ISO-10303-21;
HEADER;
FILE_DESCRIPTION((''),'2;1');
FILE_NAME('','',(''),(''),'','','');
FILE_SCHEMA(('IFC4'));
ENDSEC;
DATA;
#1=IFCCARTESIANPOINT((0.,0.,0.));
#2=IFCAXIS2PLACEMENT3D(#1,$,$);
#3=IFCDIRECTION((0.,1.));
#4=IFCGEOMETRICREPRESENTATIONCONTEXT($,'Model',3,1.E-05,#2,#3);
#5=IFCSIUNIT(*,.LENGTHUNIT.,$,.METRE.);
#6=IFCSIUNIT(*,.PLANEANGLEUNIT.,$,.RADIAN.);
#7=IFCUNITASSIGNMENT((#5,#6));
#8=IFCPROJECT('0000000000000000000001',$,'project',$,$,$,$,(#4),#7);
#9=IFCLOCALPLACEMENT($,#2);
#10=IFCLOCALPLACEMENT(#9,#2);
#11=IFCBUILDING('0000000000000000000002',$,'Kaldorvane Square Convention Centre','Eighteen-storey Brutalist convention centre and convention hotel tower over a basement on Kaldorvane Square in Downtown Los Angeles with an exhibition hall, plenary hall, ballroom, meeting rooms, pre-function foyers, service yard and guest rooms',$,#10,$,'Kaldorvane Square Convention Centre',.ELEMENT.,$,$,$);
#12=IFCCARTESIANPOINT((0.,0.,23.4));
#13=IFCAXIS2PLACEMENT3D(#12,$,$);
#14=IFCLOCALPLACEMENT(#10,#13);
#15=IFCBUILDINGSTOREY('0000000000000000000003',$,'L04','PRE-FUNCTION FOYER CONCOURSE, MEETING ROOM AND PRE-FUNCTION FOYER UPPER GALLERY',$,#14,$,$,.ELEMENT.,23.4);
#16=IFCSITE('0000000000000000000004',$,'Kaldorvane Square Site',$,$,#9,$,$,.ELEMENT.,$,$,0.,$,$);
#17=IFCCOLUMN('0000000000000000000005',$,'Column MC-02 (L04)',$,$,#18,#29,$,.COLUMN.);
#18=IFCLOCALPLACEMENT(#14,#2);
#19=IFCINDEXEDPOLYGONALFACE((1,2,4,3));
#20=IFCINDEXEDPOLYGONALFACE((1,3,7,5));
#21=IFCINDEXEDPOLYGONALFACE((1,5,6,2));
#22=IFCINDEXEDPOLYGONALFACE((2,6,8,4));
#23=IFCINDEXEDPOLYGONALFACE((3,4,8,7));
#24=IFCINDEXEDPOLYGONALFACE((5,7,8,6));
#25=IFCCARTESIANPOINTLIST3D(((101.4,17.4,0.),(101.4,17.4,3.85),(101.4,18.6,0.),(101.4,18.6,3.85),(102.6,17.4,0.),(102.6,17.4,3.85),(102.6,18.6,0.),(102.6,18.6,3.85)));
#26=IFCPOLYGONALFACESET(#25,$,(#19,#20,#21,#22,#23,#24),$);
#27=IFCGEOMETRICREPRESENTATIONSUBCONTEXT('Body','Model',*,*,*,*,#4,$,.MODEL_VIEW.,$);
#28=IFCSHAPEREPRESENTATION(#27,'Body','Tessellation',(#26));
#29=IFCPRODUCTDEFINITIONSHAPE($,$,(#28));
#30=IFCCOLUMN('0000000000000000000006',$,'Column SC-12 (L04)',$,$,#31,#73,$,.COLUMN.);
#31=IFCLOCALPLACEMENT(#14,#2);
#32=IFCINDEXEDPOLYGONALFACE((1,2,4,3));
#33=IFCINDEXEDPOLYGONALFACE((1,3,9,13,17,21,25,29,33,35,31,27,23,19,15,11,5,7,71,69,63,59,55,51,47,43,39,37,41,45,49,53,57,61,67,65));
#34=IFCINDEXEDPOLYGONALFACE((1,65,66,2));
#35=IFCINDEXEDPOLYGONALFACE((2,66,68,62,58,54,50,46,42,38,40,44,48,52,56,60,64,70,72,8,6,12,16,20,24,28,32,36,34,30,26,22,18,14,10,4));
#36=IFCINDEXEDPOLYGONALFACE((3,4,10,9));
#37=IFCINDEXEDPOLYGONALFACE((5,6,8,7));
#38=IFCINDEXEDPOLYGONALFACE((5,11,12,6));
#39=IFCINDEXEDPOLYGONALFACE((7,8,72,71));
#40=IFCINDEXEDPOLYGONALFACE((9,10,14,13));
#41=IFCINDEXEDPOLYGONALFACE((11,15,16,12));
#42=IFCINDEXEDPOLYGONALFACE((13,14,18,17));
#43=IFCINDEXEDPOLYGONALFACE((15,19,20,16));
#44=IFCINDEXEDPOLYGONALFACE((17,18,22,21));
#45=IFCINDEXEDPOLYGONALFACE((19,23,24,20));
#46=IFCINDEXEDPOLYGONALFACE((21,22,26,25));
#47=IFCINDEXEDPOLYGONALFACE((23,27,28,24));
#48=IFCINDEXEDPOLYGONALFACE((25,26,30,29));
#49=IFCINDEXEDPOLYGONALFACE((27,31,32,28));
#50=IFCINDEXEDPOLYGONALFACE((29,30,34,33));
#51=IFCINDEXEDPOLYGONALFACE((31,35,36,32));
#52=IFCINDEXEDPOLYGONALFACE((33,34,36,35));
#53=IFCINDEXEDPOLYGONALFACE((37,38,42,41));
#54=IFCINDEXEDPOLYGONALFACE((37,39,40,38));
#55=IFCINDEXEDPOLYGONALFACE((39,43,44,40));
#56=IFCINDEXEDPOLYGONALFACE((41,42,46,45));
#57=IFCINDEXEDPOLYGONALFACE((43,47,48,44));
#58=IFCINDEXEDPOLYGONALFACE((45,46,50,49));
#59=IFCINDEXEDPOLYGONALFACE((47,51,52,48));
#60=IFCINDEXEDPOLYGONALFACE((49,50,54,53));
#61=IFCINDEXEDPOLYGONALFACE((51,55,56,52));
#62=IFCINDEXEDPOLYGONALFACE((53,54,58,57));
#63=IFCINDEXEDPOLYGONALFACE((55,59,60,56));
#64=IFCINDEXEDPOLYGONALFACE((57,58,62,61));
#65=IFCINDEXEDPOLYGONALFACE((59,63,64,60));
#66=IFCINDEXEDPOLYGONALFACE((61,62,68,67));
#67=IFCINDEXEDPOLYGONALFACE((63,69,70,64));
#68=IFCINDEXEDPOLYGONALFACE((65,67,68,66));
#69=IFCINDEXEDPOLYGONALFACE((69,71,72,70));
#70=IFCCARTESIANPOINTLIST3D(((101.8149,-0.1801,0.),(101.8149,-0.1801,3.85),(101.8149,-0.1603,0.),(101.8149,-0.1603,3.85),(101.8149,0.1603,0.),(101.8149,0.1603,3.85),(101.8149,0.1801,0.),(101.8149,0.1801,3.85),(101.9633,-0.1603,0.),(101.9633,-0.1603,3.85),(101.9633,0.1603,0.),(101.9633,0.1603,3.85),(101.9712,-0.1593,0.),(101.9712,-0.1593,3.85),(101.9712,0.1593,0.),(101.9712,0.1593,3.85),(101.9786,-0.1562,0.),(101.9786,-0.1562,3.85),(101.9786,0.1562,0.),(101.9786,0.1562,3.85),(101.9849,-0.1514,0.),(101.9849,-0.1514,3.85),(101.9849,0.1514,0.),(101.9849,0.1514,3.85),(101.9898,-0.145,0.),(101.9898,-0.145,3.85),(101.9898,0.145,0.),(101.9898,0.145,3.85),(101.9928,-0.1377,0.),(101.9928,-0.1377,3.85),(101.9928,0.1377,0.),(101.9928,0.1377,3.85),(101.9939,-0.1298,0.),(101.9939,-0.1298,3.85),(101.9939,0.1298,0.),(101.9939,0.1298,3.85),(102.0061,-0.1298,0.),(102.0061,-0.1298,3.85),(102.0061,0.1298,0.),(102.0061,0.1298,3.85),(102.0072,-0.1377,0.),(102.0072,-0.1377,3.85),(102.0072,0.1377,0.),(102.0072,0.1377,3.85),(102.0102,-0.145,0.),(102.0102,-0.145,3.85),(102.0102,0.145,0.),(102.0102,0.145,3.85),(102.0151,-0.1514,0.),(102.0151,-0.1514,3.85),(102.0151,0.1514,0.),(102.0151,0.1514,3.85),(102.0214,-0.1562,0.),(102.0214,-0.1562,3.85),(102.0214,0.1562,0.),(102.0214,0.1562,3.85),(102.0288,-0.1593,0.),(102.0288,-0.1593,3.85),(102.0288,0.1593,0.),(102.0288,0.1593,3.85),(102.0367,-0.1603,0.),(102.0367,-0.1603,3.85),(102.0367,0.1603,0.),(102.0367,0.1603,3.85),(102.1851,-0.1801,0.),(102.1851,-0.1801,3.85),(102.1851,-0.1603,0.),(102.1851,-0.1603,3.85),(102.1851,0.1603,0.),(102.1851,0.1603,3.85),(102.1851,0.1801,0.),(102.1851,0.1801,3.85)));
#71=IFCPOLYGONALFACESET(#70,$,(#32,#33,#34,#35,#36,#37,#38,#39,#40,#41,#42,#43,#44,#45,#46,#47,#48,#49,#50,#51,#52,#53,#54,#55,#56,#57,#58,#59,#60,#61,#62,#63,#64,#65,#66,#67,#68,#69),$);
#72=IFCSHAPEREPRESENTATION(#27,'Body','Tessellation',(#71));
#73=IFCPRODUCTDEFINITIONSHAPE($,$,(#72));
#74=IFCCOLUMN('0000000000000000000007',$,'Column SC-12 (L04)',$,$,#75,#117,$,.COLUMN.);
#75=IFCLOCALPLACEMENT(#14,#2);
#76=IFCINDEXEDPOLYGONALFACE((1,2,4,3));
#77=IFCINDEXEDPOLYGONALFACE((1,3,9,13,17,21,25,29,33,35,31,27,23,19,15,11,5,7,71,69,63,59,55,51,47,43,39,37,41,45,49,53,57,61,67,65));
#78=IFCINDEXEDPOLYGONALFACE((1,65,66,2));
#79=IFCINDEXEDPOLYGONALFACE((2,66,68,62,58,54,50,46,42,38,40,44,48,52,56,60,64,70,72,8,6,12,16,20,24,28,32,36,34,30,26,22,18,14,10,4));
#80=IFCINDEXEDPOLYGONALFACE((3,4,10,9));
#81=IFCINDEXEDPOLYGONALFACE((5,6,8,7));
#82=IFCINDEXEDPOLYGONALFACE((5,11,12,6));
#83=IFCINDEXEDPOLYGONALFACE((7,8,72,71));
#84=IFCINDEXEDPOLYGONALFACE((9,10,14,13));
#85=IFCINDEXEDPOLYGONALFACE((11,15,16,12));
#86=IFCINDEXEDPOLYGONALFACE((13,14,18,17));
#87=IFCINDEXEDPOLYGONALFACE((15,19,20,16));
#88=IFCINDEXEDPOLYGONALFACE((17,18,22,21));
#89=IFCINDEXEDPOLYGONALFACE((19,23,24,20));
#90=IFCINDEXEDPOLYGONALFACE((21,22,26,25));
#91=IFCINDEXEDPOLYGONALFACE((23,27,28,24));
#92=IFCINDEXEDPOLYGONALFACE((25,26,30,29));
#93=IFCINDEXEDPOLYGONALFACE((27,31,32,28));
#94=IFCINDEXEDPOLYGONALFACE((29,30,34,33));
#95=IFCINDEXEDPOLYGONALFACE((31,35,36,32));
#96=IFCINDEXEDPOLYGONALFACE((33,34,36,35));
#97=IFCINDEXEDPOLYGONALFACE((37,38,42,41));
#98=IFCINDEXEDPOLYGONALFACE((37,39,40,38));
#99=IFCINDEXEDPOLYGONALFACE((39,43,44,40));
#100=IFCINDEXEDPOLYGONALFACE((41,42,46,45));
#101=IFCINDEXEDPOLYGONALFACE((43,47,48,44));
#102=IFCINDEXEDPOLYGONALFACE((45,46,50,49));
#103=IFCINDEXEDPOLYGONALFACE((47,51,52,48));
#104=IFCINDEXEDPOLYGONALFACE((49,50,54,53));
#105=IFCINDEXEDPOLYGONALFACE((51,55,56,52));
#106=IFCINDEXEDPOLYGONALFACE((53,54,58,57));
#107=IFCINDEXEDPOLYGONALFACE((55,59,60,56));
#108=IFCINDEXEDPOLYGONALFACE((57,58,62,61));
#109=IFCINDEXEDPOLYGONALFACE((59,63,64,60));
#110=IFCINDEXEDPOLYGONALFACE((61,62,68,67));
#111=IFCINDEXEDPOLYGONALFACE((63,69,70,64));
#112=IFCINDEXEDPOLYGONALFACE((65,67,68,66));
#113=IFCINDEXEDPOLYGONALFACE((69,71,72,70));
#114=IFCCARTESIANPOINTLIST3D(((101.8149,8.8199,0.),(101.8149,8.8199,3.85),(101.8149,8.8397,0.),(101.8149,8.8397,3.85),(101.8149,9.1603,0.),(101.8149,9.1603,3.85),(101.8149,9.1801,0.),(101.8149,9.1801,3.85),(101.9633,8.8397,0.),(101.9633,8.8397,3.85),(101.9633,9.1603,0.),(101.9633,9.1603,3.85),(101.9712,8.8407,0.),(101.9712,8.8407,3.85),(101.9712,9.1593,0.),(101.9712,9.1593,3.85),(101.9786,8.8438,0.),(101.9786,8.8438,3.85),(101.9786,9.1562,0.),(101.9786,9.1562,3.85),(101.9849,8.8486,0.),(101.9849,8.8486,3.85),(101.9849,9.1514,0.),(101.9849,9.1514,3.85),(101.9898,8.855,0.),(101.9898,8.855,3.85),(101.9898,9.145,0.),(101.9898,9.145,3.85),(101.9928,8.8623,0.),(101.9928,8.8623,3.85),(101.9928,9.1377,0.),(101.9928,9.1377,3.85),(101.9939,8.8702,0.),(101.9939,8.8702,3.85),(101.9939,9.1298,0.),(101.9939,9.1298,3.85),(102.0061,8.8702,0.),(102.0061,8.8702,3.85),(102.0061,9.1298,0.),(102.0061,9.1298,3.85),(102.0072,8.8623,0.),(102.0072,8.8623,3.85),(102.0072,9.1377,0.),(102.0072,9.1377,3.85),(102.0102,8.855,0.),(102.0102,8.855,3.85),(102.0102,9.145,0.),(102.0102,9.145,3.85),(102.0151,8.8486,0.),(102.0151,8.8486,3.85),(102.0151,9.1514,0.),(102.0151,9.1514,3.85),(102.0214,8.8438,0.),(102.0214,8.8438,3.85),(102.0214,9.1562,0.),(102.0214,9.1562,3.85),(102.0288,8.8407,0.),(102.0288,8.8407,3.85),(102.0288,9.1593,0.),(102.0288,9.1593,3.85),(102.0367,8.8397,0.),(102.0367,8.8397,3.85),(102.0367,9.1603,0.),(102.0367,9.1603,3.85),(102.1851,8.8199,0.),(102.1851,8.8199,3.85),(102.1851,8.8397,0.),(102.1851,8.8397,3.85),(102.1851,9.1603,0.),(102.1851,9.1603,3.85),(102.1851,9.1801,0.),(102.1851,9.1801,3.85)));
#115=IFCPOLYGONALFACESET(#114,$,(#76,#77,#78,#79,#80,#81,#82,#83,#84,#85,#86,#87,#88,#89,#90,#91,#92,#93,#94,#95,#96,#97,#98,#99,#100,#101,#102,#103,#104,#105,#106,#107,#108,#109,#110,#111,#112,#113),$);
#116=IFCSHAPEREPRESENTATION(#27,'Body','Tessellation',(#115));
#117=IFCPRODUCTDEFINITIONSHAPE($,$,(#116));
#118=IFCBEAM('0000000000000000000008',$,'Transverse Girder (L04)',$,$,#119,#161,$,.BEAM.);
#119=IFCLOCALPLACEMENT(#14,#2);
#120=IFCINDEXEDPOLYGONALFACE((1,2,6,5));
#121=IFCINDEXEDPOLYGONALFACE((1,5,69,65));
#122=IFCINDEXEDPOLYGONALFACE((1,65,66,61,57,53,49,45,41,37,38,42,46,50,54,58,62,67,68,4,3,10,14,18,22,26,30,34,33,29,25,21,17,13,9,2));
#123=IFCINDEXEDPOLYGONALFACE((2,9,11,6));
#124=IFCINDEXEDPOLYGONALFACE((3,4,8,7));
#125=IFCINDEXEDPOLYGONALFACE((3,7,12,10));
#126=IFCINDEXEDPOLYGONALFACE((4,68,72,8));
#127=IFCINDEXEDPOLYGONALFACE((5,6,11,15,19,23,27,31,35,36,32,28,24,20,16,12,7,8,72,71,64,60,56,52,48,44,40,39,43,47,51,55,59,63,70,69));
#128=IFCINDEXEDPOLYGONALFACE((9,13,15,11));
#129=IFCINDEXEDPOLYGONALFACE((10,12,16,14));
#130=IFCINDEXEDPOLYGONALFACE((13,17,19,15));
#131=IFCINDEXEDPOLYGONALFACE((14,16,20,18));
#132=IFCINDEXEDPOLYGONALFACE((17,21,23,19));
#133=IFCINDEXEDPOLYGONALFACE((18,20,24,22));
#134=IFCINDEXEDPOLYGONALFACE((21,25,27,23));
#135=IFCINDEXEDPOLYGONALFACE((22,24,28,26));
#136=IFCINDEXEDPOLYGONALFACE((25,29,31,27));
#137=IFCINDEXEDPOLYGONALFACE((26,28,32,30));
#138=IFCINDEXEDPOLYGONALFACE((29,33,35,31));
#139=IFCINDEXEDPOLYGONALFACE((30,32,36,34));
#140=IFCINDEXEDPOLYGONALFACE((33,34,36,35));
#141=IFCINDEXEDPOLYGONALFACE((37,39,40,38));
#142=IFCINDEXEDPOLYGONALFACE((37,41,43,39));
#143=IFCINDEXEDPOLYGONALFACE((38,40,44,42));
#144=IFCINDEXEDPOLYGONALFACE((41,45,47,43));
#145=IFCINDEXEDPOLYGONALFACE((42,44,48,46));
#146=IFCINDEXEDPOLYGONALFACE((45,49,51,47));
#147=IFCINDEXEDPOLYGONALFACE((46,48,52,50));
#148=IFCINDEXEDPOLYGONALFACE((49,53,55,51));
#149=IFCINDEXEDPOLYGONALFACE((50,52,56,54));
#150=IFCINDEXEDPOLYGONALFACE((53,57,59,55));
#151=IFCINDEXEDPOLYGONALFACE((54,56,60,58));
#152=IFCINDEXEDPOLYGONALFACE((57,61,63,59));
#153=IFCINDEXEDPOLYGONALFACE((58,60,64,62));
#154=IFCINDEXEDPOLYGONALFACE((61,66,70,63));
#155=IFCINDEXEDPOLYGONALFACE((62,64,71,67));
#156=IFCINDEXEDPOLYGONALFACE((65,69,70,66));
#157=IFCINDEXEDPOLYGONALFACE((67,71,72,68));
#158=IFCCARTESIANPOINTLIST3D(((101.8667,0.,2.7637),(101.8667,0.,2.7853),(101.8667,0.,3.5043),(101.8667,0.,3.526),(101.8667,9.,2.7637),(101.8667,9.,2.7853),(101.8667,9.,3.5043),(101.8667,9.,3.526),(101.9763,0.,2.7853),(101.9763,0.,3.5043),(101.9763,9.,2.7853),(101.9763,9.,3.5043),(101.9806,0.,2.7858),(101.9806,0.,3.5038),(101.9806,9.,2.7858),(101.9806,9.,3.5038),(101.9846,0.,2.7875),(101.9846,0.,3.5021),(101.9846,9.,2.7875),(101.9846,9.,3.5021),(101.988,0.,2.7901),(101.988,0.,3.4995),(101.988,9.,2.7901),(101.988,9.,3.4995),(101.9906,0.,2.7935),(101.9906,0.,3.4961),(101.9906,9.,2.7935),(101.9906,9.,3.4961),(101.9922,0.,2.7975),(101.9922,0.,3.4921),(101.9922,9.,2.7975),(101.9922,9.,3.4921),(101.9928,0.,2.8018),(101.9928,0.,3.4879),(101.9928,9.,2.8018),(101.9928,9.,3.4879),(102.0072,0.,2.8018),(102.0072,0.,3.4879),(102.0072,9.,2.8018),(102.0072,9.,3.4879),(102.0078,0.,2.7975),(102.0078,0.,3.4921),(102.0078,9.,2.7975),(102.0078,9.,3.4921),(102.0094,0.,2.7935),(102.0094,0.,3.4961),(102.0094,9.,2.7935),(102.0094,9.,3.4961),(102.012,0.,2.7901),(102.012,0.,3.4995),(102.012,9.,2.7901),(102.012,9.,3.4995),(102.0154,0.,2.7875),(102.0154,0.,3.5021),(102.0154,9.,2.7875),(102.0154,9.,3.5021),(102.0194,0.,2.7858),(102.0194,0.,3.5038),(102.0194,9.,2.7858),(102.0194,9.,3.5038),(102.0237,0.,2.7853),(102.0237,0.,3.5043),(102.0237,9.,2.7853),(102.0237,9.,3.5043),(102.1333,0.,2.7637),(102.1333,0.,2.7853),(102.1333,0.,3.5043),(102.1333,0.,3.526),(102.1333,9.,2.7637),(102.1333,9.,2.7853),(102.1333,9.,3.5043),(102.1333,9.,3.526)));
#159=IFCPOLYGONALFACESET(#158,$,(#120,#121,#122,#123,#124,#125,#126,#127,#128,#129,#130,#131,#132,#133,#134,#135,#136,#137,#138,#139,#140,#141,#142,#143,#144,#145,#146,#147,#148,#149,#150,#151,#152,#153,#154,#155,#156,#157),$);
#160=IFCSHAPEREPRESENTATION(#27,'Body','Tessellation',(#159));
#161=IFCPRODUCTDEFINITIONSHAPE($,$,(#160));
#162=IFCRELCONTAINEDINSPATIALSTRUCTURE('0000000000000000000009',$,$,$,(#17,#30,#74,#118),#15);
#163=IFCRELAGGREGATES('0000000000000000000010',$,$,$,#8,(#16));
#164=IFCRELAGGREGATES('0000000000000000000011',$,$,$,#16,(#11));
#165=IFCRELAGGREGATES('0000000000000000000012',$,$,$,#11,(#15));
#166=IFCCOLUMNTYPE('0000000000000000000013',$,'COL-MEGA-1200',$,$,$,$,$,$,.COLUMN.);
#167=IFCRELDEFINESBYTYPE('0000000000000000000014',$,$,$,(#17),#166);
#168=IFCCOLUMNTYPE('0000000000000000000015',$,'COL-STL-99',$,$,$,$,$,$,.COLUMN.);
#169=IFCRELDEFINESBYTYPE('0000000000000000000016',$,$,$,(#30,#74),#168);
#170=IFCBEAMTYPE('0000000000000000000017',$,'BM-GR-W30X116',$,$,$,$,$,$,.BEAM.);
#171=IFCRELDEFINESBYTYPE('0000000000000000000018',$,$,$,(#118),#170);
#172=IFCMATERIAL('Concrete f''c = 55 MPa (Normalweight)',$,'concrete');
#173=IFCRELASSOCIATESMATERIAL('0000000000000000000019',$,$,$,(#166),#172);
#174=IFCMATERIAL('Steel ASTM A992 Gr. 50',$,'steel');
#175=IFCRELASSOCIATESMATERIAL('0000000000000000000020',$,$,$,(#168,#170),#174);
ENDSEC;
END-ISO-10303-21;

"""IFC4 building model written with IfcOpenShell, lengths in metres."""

from ifc_helpers import new_model, si_unit, direction, frame, origin, origin_2d, place, context, subcontext, project, spatial, rectangle, i_section, extrude, material, material_profile, profile_set, type_object, element, save


model = new_model("IFC4")

# Units and contexts
model_context = context("Model", 3, precision=1e-05, world=origin(), true_north=direction((0.0, 1.0)))
body_context = subcontext(model_context, "Body", "Model", "MODEL_VIEW")
ifc_project = project(units=[si_unit("LENGTHUNIT", "METRE"), si_unit("PLANEANGLEUNIT", "RADIAN")], contexts=[model_context])

# Site, building, storey
site_placement = place(None, origin())
site = spatial("IfcSite", under=ifc_project, at=site_placement, Name="Kaldorvane Square Site", CompositionType="ELEMENT", RefElevation=0.0)
building_placement = place(site_placement, origin())
building = spatial("IfcBuilding", under=site, at=building_placement, Name="Kaldorvane Square Convention Centre", Description="Eighteen-storey Brutalist convention centre and convention hotel tower over a basement on Kaldorvane Square in Downtown Los Angeles with an exhibition hall, plenary hall, ballroom, meeting rooms, pre-function foyers, service yard and guest rooms", LongName="Kaldorvane Square Convention Centre", CompositionType="ELEMENT")
storey_placement = place(building_placement, frame((0.0, 0.0, 23.4)))
storey = spatial("IfcBuildingStorey", under=building, at=storey_placement, Name="L04", Description="PRE-FUNCTION FOYER CONCOURSE, MEETING ROOM AND PRE-FUNCTION FOYER UPPER GALLERY", CompositionType="ELEMENT", Elevation=23.4)

# Columns
ifc_material_1 = material(Name="Concrete f'c = 55 MPa (Normalweight)", Category="concrete")
ifc_material_profile_1 = material_profile(ifc_material_1, rectangle(XDim=1.2, YDim=1.2, at=origin_2d()), Name="RC1200X1200")
ifc_profile_set_1 = profile_set([ifc_material_profile_1], Name="Concrete f'c = 55 MPa (Normalweight)")
column_type_1 = type_object("IfcColumnType", Name="COL-MEGA-1200", PredefinedType="COLUMN", material=ifc_profile_set_1)
column_placement = place(storey_placement, frame((102.0, 18.0, 0.0), z_axis=(0.0, 0.0, 1.0), x_axis=(1.0, 0.0, 0.0)))
element("IfcColumn", 1, at=column_placement, inside=storey, type_object=column_type_1, Name="Column MC-02 (L04)", PredefinedType="COLUMN", context=body_context, shape_type="SweptSolid", body=[
    extrude(rectangle(XDim=1.2, YDim=1.2, at=origin_2d()), origin(), (0.0, 0.0, 1.0), 3.85),
])
ifc_material_2 = material(Name="Steel ASTM A992 Gr. 50", Category="steel")
ifc_material_profile_2 = material_profile(ifc_material_2, i_section(OverallWidth=0.3701, OverallDepth=0.3602, WebThickness=0.0123, FlangeThickness=0.0198, FilletRadius=0.0305, at=origin_2d()), Name="W14X99")
ifc_profile_set_2 = profile_set([ifc_material_profile_2], Name="Steel ASTM A992 Gr. 50")
column_type_2 = type_object("IfcColumnType", Name="COL-STL-99", PredefinedType="COLUMN", material=ifc_profile_set_2)
for number, where, z_axis, x_axis, name in (
    (2, (102.0, 0.0, 0.0), (0.0, 0.0, 1.0), (1.0, 0.0, 0.0), "Column SC-12 (L04)"),
    (3, (102.0, 9.0, 0.0), (0.0, 0.0, 1.0), (1.0, 0.0, 0.0), "Column SC-12 (L04)"),
):
    element("IfcColumn", number, at=place(storey_placement, frame(where, z_axis=z_axis, x_axis=x_axis)), inside=storey, type_object=column_type_2, Name=name, PredefinedType="COLUMN", context=body_context, shape_type="SweptSolid", body=[
        extrude(i_section(OverallWidth=0.3701, OverallDepth=0.3602, WebThickness=0.0123, FlangeThickness=0.0198, FilletRadius=0.0305, at=origin_2d()), origin(), (0.0, 0.0, 1.0), 3.85),
    ])

# Beam
ifc_material_profile_3 = material_profile(ifc_material_2, i_section(OverallWidth=0.2666, OverallDepth=0.7623, WebThickness=0.0144, FlangeThickness=0.0216, FilletRadius=0.0165, at=origin_2d()), Name="W30X116")
ifc_profile_set_3 = profile_set([ifc_material_profile_3], Name="Steel ASTM A992 Gr. 50")
beam_type_1 = type_object("IfcBeamType", Name="BM-GR-W30X116", PredefinedType="BEAM", material=ifc_profile_set_3)
for number, where, z_axis, x_axis, name in (
    (4, (102.0, 0.0, 3.1448), (0.0, 1.0, 0.0), (-1.0, 0.0, 0.0), "Transverse Girder (L04)"),
):
    element("IfcBeam", number, at=place(storey_placement, frame(where, z_axis=z_axis, x_axis=x_axis)), inside=storey, type_object=beam_type_1, Name=name, PredefinedType="BEAM", context=body_context, shape_type="SweptSolid", body=[
        extrude(i_section(OverallWidth=0.2666, OverallDepth=0.7623, WebThickness=0.0144, FlangeThickness=0.0216, FilletRadius=0.0165, at=origin_2d()), origin(), (0.0, 0.0, 1.0), 9.0),
    ])

save(model, "model.ifc")
